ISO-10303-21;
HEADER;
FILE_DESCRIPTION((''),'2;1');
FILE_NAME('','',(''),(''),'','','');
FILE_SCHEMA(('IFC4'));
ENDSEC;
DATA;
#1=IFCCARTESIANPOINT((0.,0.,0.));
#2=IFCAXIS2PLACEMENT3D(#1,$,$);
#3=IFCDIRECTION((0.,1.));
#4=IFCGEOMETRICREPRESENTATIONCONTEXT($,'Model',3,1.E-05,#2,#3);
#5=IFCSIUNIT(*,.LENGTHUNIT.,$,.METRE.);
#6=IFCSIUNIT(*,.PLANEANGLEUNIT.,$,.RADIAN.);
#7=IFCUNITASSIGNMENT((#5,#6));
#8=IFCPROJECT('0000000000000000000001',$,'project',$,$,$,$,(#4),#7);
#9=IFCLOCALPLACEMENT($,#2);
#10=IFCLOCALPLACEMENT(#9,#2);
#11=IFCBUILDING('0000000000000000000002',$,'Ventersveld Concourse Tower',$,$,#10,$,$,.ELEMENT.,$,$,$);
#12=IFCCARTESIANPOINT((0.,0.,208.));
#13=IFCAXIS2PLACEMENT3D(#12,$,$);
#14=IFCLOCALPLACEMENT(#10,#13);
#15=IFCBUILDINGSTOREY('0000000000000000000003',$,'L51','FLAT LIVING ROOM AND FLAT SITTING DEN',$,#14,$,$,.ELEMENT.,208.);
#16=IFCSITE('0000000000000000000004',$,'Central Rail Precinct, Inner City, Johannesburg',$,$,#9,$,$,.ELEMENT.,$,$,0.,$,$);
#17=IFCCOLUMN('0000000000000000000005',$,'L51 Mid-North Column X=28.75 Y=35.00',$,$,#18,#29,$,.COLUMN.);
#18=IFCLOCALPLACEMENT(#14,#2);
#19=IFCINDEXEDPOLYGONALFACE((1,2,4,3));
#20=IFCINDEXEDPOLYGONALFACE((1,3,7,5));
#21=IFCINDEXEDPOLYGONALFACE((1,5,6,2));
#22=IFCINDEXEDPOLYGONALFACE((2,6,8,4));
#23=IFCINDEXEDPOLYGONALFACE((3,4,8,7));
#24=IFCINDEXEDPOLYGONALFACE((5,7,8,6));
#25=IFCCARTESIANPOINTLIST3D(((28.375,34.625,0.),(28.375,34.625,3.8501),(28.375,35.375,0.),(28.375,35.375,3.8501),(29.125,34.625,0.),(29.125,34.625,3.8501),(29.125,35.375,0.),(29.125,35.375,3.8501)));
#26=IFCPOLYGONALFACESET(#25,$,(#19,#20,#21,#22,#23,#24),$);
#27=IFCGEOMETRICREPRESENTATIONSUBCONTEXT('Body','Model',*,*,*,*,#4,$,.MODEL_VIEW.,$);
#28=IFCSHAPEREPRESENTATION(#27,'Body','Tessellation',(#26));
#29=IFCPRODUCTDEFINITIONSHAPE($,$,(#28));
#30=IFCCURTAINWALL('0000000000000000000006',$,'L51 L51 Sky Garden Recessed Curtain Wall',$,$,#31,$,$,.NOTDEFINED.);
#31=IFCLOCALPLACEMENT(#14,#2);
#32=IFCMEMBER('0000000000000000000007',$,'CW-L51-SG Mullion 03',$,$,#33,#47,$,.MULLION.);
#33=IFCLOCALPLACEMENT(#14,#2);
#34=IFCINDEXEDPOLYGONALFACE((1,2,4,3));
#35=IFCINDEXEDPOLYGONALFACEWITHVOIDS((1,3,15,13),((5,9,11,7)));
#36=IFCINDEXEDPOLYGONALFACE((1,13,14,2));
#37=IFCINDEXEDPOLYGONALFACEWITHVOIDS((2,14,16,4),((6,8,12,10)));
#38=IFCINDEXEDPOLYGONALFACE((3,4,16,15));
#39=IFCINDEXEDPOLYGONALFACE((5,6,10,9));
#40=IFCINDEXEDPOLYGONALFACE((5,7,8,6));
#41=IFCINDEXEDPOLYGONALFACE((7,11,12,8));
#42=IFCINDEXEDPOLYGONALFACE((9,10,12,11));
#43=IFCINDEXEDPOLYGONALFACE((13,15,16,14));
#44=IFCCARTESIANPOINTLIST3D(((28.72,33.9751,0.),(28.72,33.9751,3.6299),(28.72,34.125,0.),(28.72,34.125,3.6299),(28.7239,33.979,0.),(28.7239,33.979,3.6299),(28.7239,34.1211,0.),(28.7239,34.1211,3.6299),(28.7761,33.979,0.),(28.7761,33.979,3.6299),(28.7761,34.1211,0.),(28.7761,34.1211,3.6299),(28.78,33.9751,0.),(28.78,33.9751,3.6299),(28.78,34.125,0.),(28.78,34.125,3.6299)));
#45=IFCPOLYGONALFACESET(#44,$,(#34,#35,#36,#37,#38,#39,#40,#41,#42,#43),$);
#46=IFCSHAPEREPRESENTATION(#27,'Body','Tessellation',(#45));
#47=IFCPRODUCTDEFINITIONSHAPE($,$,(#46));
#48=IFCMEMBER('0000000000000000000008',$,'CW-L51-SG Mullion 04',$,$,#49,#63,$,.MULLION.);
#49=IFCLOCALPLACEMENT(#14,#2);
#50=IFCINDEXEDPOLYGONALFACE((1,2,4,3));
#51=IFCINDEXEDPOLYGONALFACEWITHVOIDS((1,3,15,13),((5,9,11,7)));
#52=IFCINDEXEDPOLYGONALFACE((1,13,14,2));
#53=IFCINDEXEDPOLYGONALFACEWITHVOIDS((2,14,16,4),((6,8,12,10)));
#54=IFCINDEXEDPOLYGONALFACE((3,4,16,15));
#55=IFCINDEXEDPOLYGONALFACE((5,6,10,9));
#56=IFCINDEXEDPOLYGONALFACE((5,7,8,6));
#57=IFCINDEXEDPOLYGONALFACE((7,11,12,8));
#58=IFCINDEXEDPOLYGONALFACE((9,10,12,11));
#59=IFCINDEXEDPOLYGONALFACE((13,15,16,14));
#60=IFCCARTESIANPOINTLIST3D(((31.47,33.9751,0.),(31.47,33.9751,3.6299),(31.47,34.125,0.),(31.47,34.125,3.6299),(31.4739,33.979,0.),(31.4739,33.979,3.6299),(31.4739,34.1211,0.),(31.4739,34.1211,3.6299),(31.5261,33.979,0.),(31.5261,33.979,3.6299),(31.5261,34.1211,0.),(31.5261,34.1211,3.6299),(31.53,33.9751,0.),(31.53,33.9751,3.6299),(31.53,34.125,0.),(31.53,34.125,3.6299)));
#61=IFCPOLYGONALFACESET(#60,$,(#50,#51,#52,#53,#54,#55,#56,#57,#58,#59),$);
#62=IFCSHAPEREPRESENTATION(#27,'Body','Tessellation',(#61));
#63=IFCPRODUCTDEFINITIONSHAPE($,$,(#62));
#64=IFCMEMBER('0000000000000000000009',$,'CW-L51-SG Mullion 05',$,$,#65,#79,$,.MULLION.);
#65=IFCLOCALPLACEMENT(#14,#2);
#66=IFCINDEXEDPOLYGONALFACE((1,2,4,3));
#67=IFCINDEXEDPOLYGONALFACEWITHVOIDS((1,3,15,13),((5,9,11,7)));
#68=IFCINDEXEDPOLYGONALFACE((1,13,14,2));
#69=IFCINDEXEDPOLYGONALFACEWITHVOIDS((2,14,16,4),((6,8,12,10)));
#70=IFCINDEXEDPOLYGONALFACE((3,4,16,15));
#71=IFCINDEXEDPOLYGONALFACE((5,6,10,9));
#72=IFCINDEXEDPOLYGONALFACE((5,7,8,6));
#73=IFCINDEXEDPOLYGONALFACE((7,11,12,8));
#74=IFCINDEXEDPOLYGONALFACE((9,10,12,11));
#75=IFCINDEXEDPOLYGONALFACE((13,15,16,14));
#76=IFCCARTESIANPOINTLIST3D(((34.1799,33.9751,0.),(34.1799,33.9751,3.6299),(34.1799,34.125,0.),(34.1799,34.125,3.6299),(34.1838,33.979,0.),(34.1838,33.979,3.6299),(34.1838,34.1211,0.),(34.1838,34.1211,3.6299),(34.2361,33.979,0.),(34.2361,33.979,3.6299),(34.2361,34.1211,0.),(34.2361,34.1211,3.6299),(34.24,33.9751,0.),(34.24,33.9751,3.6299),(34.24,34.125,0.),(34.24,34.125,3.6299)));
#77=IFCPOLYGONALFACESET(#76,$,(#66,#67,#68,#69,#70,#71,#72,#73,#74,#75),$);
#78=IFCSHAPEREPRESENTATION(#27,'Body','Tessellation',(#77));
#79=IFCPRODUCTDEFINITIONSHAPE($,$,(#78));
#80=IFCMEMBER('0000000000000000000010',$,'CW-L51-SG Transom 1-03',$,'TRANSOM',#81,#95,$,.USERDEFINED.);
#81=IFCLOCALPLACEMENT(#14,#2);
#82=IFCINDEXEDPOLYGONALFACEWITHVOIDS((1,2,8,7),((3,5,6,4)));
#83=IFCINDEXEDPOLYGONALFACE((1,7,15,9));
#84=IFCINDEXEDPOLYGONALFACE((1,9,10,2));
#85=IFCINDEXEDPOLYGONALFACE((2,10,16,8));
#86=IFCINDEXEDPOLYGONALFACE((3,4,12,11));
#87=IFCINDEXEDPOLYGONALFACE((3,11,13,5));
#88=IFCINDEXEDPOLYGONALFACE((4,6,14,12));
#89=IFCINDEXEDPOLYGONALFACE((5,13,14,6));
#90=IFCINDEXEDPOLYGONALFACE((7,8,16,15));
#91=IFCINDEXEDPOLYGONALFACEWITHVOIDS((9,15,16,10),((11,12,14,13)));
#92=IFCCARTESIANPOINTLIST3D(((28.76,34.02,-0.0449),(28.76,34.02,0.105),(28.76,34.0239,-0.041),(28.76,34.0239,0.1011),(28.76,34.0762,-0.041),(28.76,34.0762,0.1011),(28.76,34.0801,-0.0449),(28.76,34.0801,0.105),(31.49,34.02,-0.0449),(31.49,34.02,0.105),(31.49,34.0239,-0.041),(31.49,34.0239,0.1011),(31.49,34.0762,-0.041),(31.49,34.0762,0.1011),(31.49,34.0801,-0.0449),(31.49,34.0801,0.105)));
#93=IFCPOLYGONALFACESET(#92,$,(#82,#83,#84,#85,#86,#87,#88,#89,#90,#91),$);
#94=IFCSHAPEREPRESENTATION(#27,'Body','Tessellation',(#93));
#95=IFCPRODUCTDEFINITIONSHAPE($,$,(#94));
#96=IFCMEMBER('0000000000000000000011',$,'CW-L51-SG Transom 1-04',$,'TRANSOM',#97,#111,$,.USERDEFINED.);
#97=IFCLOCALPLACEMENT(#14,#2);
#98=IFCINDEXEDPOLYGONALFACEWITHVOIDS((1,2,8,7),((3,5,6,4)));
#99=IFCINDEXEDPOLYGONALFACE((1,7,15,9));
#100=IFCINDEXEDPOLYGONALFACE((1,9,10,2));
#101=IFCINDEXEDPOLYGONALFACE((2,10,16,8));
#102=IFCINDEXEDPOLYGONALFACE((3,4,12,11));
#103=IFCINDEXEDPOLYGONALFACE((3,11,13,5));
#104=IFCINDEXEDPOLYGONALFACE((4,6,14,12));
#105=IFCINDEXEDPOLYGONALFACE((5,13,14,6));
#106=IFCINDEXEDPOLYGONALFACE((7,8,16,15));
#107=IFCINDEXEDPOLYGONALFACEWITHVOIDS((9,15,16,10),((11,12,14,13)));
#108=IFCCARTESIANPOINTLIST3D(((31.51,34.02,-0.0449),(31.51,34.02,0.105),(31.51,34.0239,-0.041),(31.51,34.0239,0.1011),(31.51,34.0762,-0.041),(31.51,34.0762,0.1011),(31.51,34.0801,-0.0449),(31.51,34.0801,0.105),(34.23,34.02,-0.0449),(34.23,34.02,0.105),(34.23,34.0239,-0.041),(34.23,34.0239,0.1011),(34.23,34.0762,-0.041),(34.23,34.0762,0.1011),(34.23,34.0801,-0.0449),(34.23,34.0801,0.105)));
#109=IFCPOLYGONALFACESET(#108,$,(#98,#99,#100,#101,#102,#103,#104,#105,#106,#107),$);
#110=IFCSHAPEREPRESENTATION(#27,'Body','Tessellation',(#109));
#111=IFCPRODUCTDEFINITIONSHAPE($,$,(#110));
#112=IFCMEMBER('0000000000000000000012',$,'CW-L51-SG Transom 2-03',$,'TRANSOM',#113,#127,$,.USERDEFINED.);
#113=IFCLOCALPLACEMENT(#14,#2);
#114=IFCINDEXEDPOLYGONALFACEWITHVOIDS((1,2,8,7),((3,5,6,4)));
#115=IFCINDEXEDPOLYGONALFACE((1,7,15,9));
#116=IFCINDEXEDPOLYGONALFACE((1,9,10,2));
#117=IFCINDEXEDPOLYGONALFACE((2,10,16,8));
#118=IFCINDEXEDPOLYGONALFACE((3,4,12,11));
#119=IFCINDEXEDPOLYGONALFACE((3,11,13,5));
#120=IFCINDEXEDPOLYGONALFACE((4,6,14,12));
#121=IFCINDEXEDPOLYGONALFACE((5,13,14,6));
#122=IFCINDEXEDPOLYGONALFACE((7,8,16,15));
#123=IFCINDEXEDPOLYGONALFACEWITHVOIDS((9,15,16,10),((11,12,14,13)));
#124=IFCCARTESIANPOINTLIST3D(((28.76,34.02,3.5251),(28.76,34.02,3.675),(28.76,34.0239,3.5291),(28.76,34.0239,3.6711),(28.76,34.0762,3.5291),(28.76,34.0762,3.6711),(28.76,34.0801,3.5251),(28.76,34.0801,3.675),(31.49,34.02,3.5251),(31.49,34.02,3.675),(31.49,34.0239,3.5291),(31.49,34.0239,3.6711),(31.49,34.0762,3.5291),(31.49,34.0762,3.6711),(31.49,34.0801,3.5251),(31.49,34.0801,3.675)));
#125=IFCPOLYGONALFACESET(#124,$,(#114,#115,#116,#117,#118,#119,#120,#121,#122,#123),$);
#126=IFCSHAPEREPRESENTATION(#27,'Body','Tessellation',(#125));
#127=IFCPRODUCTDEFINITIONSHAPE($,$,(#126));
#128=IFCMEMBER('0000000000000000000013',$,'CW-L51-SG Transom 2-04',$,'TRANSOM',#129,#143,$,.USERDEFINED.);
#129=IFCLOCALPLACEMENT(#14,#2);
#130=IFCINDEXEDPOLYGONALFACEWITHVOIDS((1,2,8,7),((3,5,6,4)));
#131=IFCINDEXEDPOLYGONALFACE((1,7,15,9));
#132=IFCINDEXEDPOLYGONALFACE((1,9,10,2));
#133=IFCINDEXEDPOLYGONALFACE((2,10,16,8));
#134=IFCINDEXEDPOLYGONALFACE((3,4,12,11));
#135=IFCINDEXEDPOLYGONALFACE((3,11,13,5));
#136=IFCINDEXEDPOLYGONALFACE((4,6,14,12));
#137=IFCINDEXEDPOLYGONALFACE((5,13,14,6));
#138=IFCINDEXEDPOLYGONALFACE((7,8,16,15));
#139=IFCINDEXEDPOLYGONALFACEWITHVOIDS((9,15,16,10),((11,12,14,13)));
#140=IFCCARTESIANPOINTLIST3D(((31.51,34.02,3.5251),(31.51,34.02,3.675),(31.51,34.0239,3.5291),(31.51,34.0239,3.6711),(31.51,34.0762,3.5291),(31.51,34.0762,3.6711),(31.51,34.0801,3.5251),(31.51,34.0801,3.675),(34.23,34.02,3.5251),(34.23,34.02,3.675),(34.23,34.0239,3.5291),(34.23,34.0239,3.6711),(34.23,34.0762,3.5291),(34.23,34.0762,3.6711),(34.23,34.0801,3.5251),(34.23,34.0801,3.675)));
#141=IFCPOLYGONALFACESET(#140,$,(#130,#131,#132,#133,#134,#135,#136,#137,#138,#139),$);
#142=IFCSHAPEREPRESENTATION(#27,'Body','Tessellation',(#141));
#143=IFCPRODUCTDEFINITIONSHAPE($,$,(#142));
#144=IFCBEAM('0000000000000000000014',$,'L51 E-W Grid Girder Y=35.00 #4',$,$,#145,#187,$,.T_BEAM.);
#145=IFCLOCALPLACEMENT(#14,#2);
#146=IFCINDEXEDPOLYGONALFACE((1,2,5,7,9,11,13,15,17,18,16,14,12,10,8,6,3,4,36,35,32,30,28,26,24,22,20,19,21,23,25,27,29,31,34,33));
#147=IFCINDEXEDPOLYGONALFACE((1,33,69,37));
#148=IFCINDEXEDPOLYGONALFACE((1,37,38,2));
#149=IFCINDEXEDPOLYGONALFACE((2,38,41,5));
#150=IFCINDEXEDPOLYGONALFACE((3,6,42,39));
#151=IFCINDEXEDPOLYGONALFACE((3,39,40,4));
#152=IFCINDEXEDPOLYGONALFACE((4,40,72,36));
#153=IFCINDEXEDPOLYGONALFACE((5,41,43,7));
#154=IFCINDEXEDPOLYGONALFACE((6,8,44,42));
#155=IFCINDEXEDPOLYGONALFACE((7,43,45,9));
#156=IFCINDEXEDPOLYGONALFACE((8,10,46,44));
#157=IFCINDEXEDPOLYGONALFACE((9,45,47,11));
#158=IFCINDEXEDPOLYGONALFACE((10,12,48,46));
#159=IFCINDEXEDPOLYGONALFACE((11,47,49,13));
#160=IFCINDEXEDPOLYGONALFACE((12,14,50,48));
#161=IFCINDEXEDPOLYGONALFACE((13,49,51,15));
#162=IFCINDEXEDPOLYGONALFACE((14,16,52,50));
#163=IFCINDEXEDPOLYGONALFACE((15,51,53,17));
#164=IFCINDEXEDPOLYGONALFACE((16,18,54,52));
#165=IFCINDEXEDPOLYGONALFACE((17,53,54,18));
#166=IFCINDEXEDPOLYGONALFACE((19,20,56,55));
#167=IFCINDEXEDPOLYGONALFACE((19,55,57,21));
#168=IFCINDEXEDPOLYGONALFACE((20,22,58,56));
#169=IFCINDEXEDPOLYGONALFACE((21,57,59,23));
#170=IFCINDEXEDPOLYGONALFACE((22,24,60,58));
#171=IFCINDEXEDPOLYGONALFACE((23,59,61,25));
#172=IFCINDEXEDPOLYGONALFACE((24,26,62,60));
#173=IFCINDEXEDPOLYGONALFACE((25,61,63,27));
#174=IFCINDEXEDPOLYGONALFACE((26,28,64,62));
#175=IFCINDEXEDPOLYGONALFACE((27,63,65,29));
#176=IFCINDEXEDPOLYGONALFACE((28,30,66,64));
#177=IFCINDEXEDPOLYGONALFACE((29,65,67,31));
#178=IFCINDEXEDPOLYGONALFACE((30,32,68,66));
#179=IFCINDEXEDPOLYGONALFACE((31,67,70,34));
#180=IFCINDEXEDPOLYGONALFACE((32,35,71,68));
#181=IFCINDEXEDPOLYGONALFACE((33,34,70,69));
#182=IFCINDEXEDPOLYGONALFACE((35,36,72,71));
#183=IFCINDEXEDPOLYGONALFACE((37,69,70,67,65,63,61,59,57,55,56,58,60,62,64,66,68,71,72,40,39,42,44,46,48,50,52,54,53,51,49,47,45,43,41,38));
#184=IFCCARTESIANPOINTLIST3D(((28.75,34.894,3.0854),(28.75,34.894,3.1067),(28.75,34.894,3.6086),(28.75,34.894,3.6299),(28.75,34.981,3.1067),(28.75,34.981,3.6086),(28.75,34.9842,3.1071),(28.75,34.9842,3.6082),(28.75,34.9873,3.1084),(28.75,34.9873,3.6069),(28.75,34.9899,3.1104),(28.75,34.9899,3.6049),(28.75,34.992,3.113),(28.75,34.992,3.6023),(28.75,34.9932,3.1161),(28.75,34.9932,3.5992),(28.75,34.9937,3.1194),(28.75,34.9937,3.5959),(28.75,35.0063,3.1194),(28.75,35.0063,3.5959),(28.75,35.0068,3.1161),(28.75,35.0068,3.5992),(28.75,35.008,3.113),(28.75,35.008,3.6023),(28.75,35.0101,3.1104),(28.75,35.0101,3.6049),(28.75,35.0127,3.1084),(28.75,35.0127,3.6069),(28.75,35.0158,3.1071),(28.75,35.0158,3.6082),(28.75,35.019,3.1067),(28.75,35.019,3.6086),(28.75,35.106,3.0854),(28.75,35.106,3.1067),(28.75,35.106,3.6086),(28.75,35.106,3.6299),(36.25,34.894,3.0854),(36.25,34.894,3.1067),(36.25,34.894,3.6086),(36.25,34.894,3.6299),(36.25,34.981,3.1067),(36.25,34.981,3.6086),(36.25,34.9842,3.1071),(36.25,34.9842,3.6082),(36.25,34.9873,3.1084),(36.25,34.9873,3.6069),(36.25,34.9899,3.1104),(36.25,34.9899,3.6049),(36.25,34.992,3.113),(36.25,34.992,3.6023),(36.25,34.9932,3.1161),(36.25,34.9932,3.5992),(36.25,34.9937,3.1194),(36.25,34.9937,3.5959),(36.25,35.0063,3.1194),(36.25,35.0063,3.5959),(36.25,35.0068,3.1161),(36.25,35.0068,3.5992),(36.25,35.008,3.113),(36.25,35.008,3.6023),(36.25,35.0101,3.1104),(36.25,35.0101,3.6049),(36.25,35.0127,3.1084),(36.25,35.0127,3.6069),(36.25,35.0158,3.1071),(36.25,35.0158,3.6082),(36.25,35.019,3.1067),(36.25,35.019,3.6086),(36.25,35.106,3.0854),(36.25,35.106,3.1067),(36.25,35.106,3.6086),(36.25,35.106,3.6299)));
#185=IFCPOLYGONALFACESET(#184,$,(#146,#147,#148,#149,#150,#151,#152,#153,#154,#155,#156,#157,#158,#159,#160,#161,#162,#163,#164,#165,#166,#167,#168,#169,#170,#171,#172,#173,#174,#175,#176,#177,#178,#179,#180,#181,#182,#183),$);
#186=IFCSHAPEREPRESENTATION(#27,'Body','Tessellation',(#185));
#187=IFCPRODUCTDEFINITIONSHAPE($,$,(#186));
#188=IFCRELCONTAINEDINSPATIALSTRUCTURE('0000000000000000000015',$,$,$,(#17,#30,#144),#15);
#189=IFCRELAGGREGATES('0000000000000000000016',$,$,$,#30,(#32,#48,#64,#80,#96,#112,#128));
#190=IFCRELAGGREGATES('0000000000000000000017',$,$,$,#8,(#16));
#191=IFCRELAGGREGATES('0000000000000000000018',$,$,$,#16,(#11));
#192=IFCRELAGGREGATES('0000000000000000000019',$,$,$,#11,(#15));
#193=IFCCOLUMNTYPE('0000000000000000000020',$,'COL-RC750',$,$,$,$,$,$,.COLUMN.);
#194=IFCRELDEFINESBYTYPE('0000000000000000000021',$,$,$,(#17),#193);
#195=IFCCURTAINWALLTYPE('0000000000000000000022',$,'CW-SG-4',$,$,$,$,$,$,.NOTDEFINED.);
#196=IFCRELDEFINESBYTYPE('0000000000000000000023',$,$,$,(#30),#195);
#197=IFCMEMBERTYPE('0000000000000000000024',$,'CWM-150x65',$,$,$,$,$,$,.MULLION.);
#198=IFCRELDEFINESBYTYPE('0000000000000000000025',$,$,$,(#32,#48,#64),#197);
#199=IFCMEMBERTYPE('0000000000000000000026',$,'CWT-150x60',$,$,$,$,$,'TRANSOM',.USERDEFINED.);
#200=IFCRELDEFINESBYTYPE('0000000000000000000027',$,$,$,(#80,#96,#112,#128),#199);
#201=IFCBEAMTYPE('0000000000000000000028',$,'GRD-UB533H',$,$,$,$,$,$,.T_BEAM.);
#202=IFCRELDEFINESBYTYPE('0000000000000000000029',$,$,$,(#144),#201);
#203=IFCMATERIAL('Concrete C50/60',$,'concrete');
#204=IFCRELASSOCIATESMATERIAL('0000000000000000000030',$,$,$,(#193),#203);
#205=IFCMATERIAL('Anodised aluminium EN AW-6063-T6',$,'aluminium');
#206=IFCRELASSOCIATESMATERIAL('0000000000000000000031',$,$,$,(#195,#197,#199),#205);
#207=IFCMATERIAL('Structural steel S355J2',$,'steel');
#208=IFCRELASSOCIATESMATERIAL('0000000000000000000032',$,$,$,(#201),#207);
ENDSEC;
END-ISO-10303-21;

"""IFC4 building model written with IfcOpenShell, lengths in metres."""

from ifc_helpers import new_model, si_unit, direction, frame, origin, origin_2d, place, context, subcontext, project, spatial, rectangle, hollow_rectangle, i_section, extrude, material, material_profile, profile_set, type_object, element, aggregate, save


model = new_model("IFC4")

# Units and contexts
model_context = context("Model", 3, precision=1e-05, world=origin(), true_north=direction((0.0, 1.0)))
body_context = subcontext(model_context, "Body", "Model", "MODEL_VIEW")
ifc_project = project(units=[si_unit("LENGTHUNIT", "METRE"), si_unit("PLANEANGLEUNIT", "RADIAN")], contexts=[model_context])

# Site, building, storey
site_placement = place(None, origin())
site = spatial("IfcSite", under=ifc_project, at=site_placement, Name="Central Rail Precinct, Inner City, Johannesburg", CompositionType="ELEMENT", RefElevation=0.0)
building_placement = place(site_placement, origin())
building = spatial("IfcBuilding", under=site, at=building_placement, Name="Ventersveld Concourse Tower", CompositionType="ELEMENT")
storey_placement = place(building_placement, frame((0.0, 0.0, 208.0)))
storey = spatial("IfcBuildingStorey", under=building, at=storey_placement, Name="L51", Description="FLAT LIVING ROOM AND FLAT SITTING DEN", CompositionType="ELEMENT", Elevation=208.0)

# Column
ifc_material_1 = material(Name="Concrete C50/60", Category="concrete")
ifc_material_profile_1 = material_profile(ifc_material_1, rectangle(XDim=0.75, YDim=0.75, at=origin_2d()), Name="RC 750x750")
ifc_profile_set_1 = profile_set([ifc_material_profile_1], Name="Concrete C50/60")
column_type = type_object("IfcColumnType", Name="COL-RC750", PredefinedType="COLUMN", material=ifc_profile_set_1)
column_placement = place(storey_placement, frame((28.75, 35.0, 0.0), z_axis=(0.0, 0.0, 1.0), x_axis=(1.0, 0.0, 0.0)))
element("IfcColumn", 1, at=column_placement, inside=storey, type_object=column_type, Name="L51 Mid-North Column X=28.75 Y=35.00", PredefinedType="COLUMN", context=body_context, shape_type="SweptSolid", body=[
    extrude(rectangle(XDim=0.75, YDim=0.75, at=origin_2d()), origin(), (0.0, 0.0, 1.0), 3.8501),
])

# Curtain wall, members
ifc_material_2 = material(Name="Anodised aluminium EN AW-6063-T6", Category="aluminium")
curtain_wall_type = type_object("IfcCurtainWallType", Name="CW-SG-4", PredefinedType="NOTDEFINED", material=ifc_material_2)
curtain_wall_placement = place(storey_placement, origin())
curtain_wall = element("IfcCurtainWall", 2, at=curtain_wall_placement, inside=storey, type_object=curtain_wall_type, Name="L51 L51 Sky Garden Recessed Curtain Wall", PredefinedType="NOTDEFINED")
ifc_material_profile_2 = material_profile(ifc_material_2, hollow_rectangle(XDim=0.0601, YDim=0.1499, WallThickness=0.0039, at=origin_2d()), Name="ALU 150x60x4")
ifc_profile_set_2 = profile_set([ifc_material_profile_2], Name="Anodised aluminium EN AW-6063-T6")
member_type_1 = type_object("IfcMemberType", Name="CWM-150x65", PredefinedType="MULLION", material=ifc_profile_set_2)
member_1_placement = place(storey_placement, frame((28.75, 34.05, 0.0), z_axis=(0.0, 0.0, 1.0), x_axis=(1.0, 0.0, 0.0)))
member_1 = element("IfcMember", 3, at=member_1_placement, type_object=member_type_1, Name="CW-L51-SG Mullion 03", PredefinedType="MULLION", context=body_context, shape_type="SweptSolid", body=[
    extrude(hollow_rectangle(XDim=0.0601, YDim=0.1499, WallThickness=0.0039, at=origin_2d()), origin(), (0.0, 0.0, 1.0), 3.6299),
])
member_2_placement = place(storey_placement, frame((31.5, 34.05, 0.0), z_axis=(0.0, 0.0, 1.0), x_axis=(1.0, 0.0, 0.0)))
member_2 = element("IfcMember", 4, at=member_2_placement, type_object=member_type_1, Name="CW-L51-SG Mullion 04", PredefinedType="MULLION", context=body_context, shape_type="SweptSolid", body=[
    extrude(hollow_rectangle(XDim=0.0601, YDim=0.1499, WallThickness=0.0039, at=origin_2d()), origin(), (0.0, 0.0, 1.0), 3.6299),
])
member_3_placement = place(storey_placement, frame((34.21, 34.05, 0.0), z_axis=(0.0, 0.0, 1.0), x_axis=(1.0, 0.0, 0.0)))
member_3 = element("IfcMember", 5, at=member_3_placement, type_object=member_type_1, Name="CW-L51-SG Mullion 05", PredefinedType="MULLION", context=body_context, shape_type="SweptSolid", body=[
    extrude(hollow_rectangle(XDim=0.0601, YDim=0.1499, WallThickness=0.0039, at=origin_2d()), origin(), (0.0, 0.0, 1.0), 3.6299),
])
ifc_material_profile_3 = material_profile(ifc_material_2, hollow_rectangle(XDim=0.0601, YDim=0.1499, WallThickness=0.0039, at=origin_2d()), Name="ALU 150x60x4")
ifc_profile_set_3 = profile_set([ifc_material_profile_3], Name="Anodised aluminium EN AW-6063-T6")
member_type_2 = type_object("IfcMemberType", Name="CWT-150x60", ElementType="TRANSOM", PredefinedType="USERDEFINED", material=ifc_profile_set_3)
member_4_placement = place(storey_placement, frame((28.76, 34.05, 0.03), z_axis=(1.0, 0.0, 0.0), x_axis=(0.0, 1.0, 0.0)))
member_4 = element("IfcMember", 6, at=member_4_placement, type_object=member_type_2, Name="CW-L51-SG Transom 1-03", ObjectType="TRANSOM", PredefinedType="USERDEFINED", context=body_context, shape_type="SweptSolid", body=[
    extrude(hollow_rectangle(XDim=0.0601, YDim=0.1499, WallThickness=0.0039, at=origin_2d()), origin(), (0.0, 0.0, 1.0), 2.73),
])
member_5_placement = place(storey_placement, frame((31.51, 34.05, 0.03), z_axis=(1.0, 0.0, 0.0), x_axis=(0.0, 1.0, 0.0)))
member_5 = element("IfcMember", 7, at=member_5_placement, type_object=member_type_2, Name="CW-L51-SG Transom 1-04", ObjectType="TRANSOM", PredefinedType="USERDEFINED", context=body_context, shape_type="SweptSolid", body=[
    extrude(hollow_rectangle(XDim=0.0601, YDim=0.1499, WallThickness=0.0039, at=origin_2d()), origin(), (0.0, 0.0, 1.0), 2.72),
])
member_6_placement = place(storey_placement, frame((28.76, 34.05, 3.6001), z_axis=(1.0, 0.0, 0.0), x_axis=(0.0, 1.0, 0.0)))
member_6 = element("IfcMember", 8, at=member_6_placement, type_object=member_type_2, Name="CW-L51-SG Transom 2-03", ObjectType="TRANSOM", PredefinedType="USERDEFINED", context=body_context, shape_type="SweptSolid", body=[
    extrude(hollow_rectangle(XDim=0.0601, YDim=0.1499, WallThickness=0.0039, at=origin_2d()), origin(), (0.0, 0.0, 1.0), 2.73),
])
member_7_placement = place(storey_placement, frame((31.51, 34.05, 3.6001), z_axis=(1.0, 0.0, 0.0), x_axis=(0.0, 1.0, 0.0)))
member_7 = element("IfcMember", 9, at=member_7_placement, type_object=member_type_2, Name="CW-L51-SG Transom 2-04", ObjectType="TRANSOM", PredefinedType="USERDEFINED", context=body_context, shape_type="SweptSolid", body=[
    extrude(hollow_rectangle(XDim=0.0601, YDim=0.1499, WallThickness=0.0039, at=origin_2d()), origin(), (0.0, 0.0, 1.0), 2.72),
])

# Beam
ifc_material_3 = material(Name="Structural steel S355J2", Category="steel")
ifc_material_profile_4 = material_profile(ifc_material_3, i_section(OverallWidth=0.2119, OverallDepth=0.5444, WebThickness=0.0127, FlangeThickness=0.0212, FilletRadius=0.0127, at=origin_2d()), Name="UB 533x210x122")
ifc_profile_set_4 = profile_set([ifc_material_profile_4], Name="Structural steel S355J2")
beam_type = type_object("IfcBeamType", Name="GRD-UB533H", PredefinedType="T_BEAM", material=ifc_profile_set_4)
beam_placement = place(storey_placement, frame((28.75, 35.0, 3.3577), z_axis=(1.0, 0.0, 0.0), x_axis=(0.0, 1.0, 0.0)))
element("IfcBeam", 10, at=beam_placement, inside=storey, type_object=beam_type, Name="L51 E-W Grid Girder Y=35.00 #4", PredefinedType="T_BEAM", context=body_context, shape_type="SweptSolid", body=[
    extrude(i_section(OverallWidth=0.2119, OverallDepth=0.5444, WebThickness=0.0127, FlangeThickness=0.0212, FilletRadius=0.0127, at=origin_2d()), origin(), (0.0, 0.0, 1.0), 7.5),
])

aggregate(curtain_wall, [member_1, member_2, member_3, member_4, member_5, member_6, member_7])

save(model, "model.ifc")
